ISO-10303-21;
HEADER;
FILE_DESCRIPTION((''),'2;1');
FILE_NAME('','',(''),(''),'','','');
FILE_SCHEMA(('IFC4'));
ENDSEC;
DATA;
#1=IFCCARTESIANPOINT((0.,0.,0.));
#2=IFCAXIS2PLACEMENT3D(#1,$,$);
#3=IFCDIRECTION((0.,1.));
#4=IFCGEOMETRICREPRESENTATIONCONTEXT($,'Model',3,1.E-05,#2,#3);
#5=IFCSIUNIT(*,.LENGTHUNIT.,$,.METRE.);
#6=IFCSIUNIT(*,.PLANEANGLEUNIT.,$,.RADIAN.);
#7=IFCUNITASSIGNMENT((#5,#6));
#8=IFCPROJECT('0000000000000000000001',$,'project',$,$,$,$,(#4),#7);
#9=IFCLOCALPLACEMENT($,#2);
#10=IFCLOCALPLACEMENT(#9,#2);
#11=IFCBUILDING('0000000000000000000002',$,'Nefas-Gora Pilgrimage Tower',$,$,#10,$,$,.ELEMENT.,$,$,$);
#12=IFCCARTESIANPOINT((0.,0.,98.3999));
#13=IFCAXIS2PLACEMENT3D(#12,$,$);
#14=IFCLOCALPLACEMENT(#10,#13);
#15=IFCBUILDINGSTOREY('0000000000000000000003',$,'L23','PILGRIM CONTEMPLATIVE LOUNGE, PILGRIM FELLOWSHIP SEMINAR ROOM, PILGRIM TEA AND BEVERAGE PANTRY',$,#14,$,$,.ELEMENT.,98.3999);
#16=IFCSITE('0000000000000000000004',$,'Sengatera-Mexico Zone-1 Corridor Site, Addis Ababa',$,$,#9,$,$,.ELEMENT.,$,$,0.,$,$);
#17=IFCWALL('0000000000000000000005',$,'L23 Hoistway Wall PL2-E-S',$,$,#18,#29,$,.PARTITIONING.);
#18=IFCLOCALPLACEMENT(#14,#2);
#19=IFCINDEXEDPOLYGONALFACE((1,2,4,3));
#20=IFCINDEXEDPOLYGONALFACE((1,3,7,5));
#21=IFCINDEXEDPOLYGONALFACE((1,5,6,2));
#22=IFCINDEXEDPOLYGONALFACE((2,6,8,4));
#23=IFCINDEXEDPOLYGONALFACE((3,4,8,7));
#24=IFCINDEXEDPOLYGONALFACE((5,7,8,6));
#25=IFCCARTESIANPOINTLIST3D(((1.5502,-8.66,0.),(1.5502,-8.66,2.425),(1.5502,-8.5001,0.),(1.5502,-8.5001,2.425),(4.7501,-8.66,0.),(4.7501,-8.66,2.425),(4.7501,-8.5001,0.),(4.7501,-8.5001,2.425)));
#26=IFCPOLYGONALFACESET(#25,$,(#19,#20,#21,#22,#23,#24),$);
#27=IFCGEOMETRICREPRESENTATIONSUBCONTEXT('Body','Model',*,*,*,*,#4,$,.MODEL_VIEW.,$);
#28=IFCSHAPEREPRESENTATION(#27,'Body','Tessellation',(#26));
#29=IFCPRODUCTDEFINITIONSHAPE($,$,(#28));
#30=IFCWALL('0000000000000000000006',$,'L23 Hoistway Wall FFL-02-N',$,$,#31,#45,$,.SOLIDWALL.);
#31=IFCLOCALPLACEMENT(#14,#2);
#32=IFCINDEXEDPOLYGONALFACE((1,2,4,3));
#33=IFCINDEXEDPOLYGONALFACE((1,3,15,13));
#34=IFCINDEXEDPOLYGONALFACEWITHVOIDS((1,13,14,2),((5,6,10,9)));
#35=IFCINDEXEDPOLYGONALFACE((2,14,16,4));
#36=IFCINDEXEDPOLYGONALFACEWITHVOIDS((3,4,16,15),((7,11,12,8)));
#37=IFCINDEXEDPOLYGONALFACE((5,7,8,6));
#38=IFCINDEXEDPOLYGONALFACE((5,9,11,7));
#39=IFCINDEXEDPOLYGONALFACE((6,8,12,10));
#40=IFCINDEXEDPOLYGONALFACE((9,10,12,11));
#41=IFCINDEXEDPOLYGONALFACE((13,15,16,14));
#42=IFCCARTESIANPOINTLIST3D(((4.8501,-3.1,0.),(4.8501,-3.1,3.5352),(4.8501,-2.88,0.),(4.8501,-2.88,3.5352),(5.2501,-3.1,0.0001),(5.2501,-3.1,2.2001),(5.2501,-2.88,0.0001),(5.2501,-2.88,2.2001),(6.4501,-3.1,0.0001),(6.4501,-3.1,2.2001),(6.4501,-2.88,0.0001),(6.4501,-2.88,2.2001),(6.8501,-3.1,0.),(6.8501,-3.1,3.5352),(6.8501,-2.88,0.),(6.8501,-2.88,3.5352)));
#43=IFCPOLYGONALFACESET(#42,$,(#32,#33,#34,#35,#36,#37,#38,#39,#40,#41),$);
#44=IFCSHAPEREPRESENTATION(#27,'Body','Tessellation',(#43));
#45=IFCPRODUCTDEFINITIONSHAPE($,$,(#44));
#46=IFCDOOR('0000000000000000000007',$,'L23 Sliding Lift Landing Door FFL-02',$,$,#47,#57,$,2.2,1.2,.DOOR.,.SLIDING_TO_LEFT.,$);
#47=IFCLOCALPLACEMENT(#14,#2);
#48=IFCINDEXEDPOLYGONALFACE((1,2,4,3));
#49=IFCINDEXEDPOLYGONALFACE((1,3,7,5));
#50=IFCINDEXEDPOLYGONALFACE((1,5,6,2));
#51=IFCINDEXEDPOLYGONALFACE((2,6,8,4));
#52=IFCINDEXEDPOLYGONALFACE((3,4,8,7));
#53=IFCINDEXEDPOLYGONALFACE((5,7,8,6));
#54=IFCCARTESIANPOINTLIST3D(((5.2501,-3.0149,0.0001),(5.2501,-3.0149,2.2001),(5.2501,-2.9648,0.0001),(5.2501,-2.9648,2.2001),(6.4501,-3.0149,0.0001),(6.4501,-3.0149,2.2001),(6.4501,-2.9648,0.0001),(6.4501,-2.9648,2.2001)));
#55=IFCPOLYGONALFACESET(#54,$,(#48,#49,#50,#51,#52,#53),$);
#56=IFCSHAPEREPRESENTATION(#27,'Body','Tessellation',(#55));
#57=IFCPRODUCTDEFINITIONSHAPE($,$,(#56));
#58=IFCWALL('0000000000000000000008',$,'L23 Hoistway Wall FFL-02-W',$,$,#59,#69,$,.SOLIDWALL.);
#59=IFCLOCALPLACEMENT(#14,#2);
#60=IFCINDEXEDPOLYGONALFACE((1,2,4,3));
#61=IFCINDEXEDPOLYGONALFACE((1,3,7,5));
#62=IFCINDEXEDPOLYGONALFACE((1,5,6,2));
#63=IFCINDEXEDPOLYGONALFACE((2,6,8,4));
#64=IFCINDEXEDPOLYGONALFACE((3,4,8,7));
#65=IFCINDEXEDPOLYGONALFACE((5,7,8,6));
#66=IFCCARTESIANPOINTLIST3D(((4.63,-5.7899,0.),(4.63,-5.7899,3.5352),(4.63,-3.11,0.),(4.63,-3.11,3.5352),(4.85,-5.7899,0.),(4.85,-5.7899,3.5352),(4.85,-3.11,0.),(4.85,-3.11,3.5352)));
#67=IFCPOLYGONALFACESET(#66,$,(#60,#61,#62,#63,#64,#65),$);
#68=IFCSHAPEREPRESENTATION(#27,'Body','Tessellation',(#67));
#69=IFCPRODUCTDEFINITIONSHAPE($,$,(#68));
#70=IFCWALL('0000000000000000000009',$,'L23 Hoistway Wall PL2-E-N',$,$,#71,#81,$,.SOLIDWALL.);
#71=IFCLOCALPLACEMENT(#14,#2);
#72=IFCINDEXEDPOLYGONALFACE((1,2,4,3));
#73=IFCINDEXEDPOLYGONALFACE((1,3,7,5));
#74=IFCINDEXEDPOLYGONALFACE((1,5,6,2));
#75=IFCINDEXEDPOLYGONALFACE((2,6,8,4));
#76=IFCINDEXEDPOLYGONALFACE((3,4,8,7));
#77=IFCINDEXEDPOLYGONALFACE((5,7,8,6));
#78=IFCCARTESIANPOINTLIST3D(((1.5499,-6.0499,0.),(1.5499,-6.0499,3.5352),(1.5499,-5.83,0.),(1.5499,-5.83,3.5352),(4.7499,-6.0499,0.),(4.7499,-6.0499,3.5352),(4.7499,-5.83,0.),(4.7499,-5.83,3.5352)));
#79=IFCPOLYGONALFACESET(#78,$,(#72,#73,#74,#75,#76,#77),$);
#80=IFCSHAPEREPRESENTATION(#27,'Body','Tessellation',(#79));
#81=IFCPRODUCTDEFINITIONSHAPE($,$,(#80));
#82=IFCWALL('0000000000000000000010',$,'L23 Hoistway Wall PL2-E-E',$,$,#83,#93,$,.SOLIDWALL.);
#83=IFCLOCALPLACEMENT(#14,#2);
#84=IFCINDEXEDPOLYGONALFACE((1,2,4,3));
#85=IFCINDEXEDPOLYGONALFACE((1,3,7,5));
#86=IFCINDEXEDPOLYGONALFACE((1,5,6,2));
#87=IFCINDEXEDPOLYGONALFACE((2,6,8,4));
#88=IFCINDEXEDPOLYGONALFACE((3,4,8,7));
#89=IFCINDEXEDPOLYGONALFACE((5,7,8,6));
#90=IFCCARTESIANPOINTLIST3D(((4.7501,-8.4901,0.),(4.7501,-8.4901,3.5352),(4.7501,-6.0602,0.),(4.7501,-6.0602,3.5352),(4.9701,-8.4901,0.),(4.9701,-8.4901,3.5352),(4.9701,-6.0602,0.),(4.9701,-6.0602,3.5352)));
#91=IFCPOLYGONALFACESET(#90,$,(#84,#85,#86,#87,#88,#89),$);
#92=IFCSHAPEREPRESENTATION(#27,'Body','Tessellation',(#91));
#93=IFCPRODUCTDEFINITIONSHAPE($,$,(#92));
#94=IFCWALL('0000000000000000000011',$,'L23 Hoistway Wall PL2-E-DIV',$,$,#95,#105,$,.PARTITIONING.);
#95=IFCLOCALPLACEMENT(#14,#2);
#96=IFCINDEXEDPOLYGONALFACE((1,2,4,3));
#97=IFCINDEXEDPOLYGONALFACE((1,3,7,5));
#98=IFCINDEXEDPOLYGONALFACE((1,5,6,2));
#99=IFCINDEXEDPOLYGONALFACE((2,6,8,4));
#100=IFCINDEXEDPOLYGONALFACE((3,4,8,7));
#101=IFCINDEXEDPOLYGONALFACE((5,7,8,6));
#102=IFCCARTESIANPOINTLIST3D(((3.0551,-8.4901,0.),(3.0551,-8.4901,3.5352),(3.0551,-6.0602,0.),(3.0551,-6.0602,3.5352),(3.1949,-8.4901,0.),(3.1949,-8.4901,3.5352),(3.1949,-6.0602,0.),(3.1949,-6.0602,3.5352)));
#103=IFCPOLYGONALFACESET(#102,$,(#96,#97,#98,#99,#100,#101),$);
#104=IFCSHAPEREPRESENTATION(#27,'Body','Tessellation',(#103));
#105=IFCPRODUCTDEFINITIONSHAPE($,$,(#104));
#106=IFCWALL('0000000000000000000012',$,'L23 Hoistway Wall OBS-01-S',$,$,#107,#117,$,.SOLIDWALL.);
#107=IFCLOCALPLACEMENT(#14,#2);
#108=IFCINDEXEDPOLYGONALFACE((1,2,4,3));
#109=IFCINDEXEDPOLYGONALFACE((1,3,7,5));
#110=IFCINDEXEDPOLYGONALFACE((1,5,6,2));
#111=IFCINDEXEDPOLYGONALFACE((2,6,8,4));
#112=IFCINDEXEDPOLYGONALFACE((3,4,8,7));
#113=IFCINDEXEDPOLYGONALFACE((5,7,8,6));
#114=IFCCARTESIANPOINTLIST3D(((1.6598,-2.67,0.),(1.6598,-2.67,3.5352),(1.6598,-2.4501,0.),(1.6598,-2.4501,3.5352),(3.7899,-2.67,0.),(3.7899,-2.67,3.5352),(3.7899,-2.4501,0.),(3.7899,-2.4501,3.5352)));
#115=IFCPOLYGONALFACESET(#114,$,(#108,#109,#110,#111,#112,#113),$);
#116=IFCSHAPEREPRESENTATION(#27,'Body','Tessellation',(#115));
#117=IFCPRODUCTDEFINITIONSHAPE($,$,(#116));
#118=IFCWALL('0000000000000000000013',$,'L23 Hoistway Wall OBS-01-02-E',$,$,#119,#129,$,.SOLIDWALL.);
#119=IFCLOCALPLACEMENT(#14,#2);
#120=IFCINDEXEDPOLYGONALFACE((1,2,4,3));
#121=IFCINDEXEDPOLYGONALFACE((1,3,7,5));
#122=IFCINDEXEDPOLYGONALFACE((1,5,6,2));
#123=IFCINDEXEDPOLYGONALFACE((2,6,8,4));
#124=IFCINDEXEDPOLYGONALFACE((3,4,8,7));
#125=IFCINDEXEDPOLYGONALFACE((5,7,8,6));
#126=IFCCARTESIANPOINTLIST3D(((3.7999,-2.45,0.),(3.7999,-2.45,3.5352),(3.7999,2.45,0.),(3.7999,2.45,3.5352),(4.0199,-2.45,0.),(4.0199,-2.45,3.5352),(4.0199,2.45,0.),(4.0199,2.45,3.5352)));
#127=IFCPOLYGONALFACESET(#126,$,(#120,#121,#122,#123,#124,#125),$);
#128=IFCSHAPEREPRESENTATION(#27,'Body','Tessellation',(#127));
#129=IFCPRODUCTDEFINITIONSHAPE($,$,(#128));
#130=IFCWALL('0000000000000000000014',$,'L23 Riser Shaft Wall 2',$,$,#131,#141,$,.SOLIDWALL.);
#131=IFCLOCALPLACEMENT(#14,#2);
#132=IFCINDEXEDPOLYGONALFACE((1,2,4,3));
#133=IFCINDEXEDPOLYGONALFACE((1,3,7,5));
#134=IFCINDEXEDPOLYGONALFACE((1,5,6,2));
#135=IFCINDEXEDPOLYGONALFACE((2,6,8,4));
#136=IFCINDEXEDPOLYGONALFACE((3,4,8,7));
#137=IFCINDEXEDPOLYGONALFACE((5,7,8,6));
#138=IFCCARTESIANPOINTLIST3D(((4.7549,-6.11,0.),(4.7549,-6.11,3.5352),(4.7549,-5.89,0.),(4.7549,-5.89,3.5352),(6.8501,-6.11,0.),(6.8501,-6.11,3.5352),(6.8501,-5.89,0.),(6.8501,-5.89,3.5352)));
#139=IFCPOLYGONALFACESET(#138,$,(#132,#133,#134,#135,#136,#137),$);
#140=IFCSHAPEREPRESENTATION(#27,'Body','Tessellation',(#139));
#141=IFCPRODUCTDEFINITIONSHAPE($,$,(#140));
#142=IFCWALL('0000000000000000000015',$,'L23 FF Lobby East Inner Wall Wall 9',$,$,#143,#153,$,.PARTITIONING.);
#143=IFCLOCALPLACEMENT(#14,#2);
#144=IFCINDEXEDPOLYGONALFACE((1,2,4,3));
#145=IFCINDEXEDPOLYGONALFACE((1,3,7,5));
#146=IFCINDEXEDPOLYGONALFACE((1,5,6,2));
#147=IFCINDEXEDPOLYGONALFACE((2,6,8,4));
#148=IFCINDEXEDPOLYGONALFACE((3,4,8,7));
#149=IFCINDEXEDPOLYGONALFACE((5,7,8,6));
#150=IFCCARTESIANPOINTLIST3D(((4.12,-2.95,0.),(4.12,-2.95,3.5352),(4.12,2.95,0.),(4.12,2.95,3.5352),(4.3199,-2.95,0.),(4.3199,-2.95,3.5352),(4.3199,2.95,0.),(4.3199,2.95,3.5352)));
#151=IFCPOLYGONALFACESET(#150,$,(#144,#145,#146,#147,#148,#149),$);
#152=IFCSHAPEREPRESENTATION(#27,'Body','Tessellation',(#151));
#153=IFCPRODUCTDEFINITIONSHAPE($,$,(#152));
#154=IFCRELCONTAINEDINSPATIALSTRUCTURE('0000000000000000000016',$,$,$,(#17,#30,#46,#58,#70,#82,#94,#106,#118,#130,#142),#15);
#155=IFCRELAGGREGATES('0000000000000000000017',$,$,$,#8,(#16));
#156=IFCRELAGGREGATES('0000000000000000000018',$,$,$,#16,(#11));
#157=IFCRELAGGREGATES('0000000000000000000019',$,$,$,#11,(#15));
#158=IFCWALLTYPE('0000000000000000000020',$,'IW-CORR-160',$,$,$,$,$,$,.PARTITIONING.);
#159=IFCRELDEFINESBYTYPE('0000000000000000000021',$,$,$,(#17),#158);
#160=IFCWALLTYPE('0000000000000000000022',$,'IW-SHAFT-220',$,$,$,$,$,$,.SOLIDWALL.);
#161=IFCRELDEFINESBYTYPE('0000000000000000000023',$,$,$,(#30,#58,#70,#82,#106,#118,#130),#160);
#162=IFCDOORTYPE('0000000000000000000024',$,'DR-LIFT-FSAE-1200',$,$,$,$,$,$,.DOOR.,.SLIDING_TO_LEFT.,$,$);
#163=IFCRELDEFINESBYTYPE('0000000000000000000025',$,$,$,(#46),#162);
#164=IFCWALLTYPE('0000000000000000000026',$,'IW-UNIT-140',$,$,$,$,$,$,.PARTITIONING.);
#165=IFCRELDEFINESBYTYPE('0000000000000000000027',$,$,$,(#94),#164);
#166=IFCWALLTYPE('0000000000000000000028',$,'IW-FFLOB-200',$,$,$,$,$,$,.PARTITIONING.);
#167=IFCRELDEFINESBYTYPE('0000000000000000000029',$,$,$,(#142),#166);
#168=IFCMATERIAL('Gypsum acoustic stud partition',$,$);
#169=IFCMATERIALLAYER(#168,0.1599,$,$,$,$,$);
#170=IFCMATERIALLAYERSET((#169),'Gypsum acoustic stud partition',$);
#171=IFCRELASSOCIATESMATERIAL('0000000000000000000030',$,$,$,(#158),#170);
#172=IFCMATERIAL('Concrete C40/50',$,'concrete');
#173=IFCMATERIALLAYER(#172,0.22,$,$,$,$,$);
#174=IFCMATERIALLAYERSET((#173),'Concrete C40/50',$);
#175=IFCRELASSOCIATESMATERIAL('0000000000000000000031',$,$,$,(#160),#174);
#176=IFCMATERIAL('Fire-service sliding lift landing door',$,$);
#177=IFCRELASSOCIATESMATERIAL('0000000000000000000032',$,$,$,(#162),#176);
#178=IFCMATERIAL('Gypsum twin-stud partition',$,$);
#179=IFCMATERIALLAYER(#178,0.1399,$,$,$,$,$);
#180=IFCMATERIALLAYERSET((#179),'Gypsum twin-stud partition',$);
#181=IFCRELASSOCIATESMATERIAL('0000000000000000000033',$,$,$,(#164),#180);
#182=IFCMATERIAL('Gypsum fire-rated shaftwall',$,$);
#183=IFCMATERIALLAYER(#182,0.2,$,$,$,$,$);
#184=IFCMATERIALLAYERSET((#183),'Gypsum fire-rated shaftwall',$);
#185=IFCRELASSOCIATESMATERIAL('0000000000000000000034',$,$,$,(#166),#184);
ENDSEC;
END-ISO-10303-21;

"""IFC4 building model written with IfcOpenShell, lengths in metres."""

from ifc_helpers import new_model, si_unit, direction, frame, frame_2d, origin, place, context, subcontext, project, spatial, rectangle, extrude, source, transform, mapped, material, layer, layer_set, type_object, element, fill, save


model = new_model("IFC4")

# Units and contexts
model_context = context("Model", 3, precision=1e-05, world=origin(), true_north=direction((0.0, 1.0)))
body_context = subcontext(model_context, "Body", "Model", "MODEL_VIEW")
ifc_project = project(units=[si_unit("LENGTHUNIT", "METRE"), si_unit("PLANEANGLEUNIT", "RADIAN")], contexts=[model_context])

# Site, building, storey
site_placement = place(None, origin())
site = spatial("IfcSite", under=ifc_project, at=site_placement, Name="Sengatera-Mexico Zone-1 Corridor Site, Addis Ababa", CompositionType="ELEMENT", RefElevation=0.0)
building_placement = place(site_placement, origin())
building = spatial("IfcBuilding", under=site, at=building_placement, Name="Nefas-Gora Pilgrimage Tower", CompositionType="ELEMENT")
storey_placement = place(building_placement, frame((0.0, 0.0, 98.3999)))
storey = spatial("IfcBuildingStorey", under=building, at=storey_placement, Name="L23", Description="PILGRIM CONTEMPLATIVE LOUNGE, PILGRIM FELLOWSHIP SEMINAR ROOM, PILGRIM TEA AND BEVERAGE PANTRY", CompositionType="ELEMENT", Elevation=98.3999)

# Wall
ifc_material_1 = material(Name="Gypsum acoustic stud partition")
ifc_layer_1 = layer(ifc_material_1, 0.1599)
ifc_layer_set_1 = layer_set([ifc_layer_1], Name="Gypsum acoustic stud partition")
wall_type_1 = type_object("IfcWallType", Name="IW-CORR-160", PredefinedType="PARTITIONING", material=ifc_layer_set_1)
shared_shape_1 = source(origin(), body_context, "Body", "SweptSolid", [
    extrude(rectangle(XDim=3.2, YDim=0.1599, at=frame_2d((1.6001, 0.0))), origin(), (0.0, 0.0, 1.0), 2.425),
])
wall_1_placement = place(storey_placement, frame((1.55, -8.5801, 0.0), z_axis=(0.0, 0.0, 1.0), x_axis=(1.0, 0.0, 0.0)))
element("IfcWall", 1, at=wall_1_placement, inside=storey, type_object=wall_type_1, Name="L23 Hoistway Wall PL2-E-S", PredefinedType="PARTITIONING", context=body_context, shape_type="MappedRepresentation", body=[
    mapped(shared_shape_1, transform((0.0, 0.0, 0.0), x_axis=(1.0, 0.0, 0.0), y_axis=(0.0, 1.0, 0.0), z_axis=(0.0, 0.0, 1.0), scale=1.0)),
])

# Wall, opening, door
ifc_material_2 = material(Name="Concrete C40/50", Category="concrete")
ifc_layer_2 = layer(ifc_material_2, 0.22)
ifc_layer_set_2 = layer_set([ifc_layer_2], Name="Concrete C40/50")
wall_type_2 = type_object("IfcWallType", Name="IW-SHAFT-220", PredefinedType="SOLIDWALL", material=ifc_layer_set_2)
shared_shape_2 = source(origin(), body_context, "Body", "SweptSolid", [
    extrude(rectangle(XDim=2.0, YDim=0.22, at=frame_2d((1.0, 0.0))), origin(), (0.0, 0.0, 1.0), 3.5352),
])
wall_2_placement = place(storey_placement, frame((6.8501, -2.99, 0.0), z_axis=(0.0, 0.0, 1.0), x_axis=(-1.0, 0.0, 0.0)))
wall_2 = element("IfcWall", 2, at=wall_2_placement, inside=storey, type_object=wall_type_2, Name="L23 Hoistway Wall FFL-02-N", PredefinedType="SOLIDWALL", context=body_context, shape_type="MappedRepresentation", body=[
    mapped(shared_shape_2, transform((0.0, 0.0, 0.0), x_axis=(1.0, 0.0, 0.0), y_axis=(0.0, 1.0, 0.0), z_axis=(0.0, 0.0, 1.0), scale=1.0)),
])
opening_1_placement = place(wall_2_placement, frame((0.3999, 0.0, 0.0)))
opening_1 = element("IfcOpeningElement", 3, at=opening_1_placement, cuts=wall_2, PredefinedType="OPENING", context=body_context, shape_type="SweptSolid", body=[
    extrude(rectangle(XDim=1.2, YDim=2.2, at=frame_2d((0.6001, 1.1001))), frame((0.0, 0.1199, 0.0), z_axis=(0.0, -1.0, 0.0), x_axis=(1.0, 0.0, 0.0)), (0.0, 0.0, 1.0), 0.24),
])
ifc_material_3 = material(Name="Fire-service sliding lift landing door")
door_type_1 = type_object("IfcDoorType", Name="DR-LIFT-FSAE-1200", OperationType="SLIDING_TO_LEFT", PredefinedType="DOOR", material=ifc_material_3)
shared_shape_3 = source(origin(), body_context, "Body", "SweptSolid", [
    extrude(rectangle(XDim=1.2, YDim=2.2, at=frame_2d((0.6001, 1.1001))), frame((0.0, 0.0249, 0.0), z_axis=(0.0, -1.0, 0.0), x_axis=(1.0, 0.0, 0.0)), (0.0, 0.0, 1.0), 0.05),
])
door_1_placement = place(opening_1_placement, origin())
door_1 = element("IfcDoor", 4, at=door_1_placement, inside=storey, type_object=door_type_1, Name="L23 Sliding Lift Landing Door FFL-02", OperationType="SLIDING_TO_LEFT", OverallHeight=2.2, OverallWidth=1.2, PredefinedType="DOOR", context=body_context, shape_type="MappedRepresentation", body=[
    mapped(shared_shape_3, transform((0.0, 0.0, 0.0), x_axis=(1.0, 0.0, 0.0), y_axis=(0.0, 1.0, 0.0), z_axis=(0.0, 0.0, 1.0), scale=1.0)),
])
fill(opening_1, door_1)

# Walls
shared_shape_4 = source(origin(), body_context, "Body", "SweptSolid", [
    extrude(rectangle(XDim=2.6799, YDim=0.22, at=frame_2d((1.3398, 0.0))), origin(), (0.0, 0.0, 1.0), 3.5352),
])
wall_3_placement = place(storey_placement, frame((4.74, -3.1101, 0.0), z_axis=(0.0, 0.0, 1.0), x_axis=(0.0, -1.0, 0.0)))
element("IfcWall", 5, at=wall_3_placement, inside=storey, type_object=wall_type_2, Name="L23 Hoistway Wall FFL-02-W", PredefinedType="SOLIDWALL", context=body_context, shape_type="MappedRepresentation", body=[
    mapped(shared_shape_4, transform((0.0, 0.0, 0.0), x_axis=(1.0, 0.0, 0.0), y_axis=(0.0, 1.0, 0.0), z_axis=(0.0, 0.0, 1.0), scale=1.0)),
])
shared_shape_5 = source(origin(), body_context, "Body", "SweptSolid", [
    extrude(rectangle(XDim=3.2, YDim=0.22, at=frame_2d((1.6001, 0.0))), origin(), (0.0, 0.0, 1.0), 3.5352),
])
wall_4_placement = place(storey_placement, frame((4.75, -5.9399, 0.0), z_axis=(0.0, 0.0, 1.0), x_axis=(-1.0, 0.0, 0.0)))
element("IfcWall", 6, at=wall_4_placement, inside=storey, type_object=wall_type_2, Name="L23 Hoistway Wall PL2-E-N", PredefinedType="SOLIDWALL", context=body_context, shape_type="MappedRepresentation", body=[
    mapped(shared_shape_5, transform((0.0, 0.0, 0.0), x_axis=(1.0, 0.0, 0.0), y_axis=(0.0, 1.0, 0.0), z_axis=(0.0, 0.0, 1.0), scale=1.0)),
])
shared_shape_6 = source(origin(), body_context, "Body", "SweptSolid", [
    extrude(rectangle(XDim=2.4299, YDim=0.22, at=frame_2d((1.2148, 0.0))), origin(), (0.0, 0.0, 1.0), 3.5352),
])
for number, where, z_axis, x_axis, name in (
    (7, (4.8601, -8.49, 0.0), (0.0, 0.0, 1.0), (0.0, 1.0, 0.0), "L23 Hoistway Wall PL2-E-E"),
):
    element("IfcWall", number, at=place(storey_placement, frame(where, z_axis=z_axis, x_axis=x_axis)), inside=storey, type_object=wall_type_2, Name=name, PredefinedType="SOLIDWALL", context=body_context, shape_type="MappedRepresentation", body=[
        mapped(shared_shape_6, transform((0.0, 0.0, 0.0), x_axis=(1.0, 0.0, 0.0), y_axis=(0.0, 1.0, 0.0), z_axis=(0.0, 0.0, 1.0), scale=1.0)),
    ])
ifc_material_4 = material(Name="Gypsum twin-stud partition")
ifc_layer_3 = layer(ifc_material_4, 0.1399)
ifc_layer_set_3 = layer_set([ifc_layer_3], Name="Gypsum twin-stud partition")
wall_type_3 = type_object("IfcWallType", Name="IW-UNIT-140", PredefinedType="PARTITIONING", material=ifc_layer_set_3)
shared_shape_7 = source(origin(), body_context, "Body", "SweptSolid", [
    extrude(rectangle(XDim=2.4299, YDim=0.1399, at=frame_2d((1.2148, 0.0))), origin(), (0.0, 0.0, 1.0), 3.5352),
])
wall_5_placement = place(storey_placement, frame((3.125, -8.49, 0.0), z_axis=(0.0, 0.0, 1.0), x_axis=(0.0, 1.0, 0.0)))
element("IfcWall", 8, at=wall_5_placement, inside=storey, type_object=wall_type_3, Name="L23 Hoistway Wall PL2-E-DIV", PredefinedType="PARTITIONING", context=body_context, shape_type="MappedRepresentation", body=[
    mapped(shared_shape_7, transform((0.0, 0.0, 0.0), x_axis=(1.0, 0.0, 0.0), y_axis=(0.0, 1.0, 0.0), z_axis=(0.0, 0.0, 1.0), scale=1.0)),
])
shared_shape_8 = source(origin(), body_context, "Body", "SweptSolid", [
    extrude(rectangle(XDim=2.1301, YDim=0.22, at=frame_2d((1.0649, 0.0))), origin(), (0.0, 0.0, 1.0), 3.5352),
])
wall_6_placement = place(storey_placement, frame((1.6599, -2.5601, 0.0), z_axis=(0.0, 0.0, 1.0), x_axis=(1.0, 0.0, 0.0)))
element("IfcWall", 9, at=wall_6_placement, inside=storey, type_object=wall_type_2, Name="L23 Hoistway Wall OBS-01-S", PredefinedType="SOLIDWALL", context=body_context, shape_type="MappedRepresentation", body=[
    mapped(shared_shape_8, transform((0.0, 0.0, 0.0), x_axis=(1.0, 0.0, 0.0), y_axis=(0.0, 1.0, 0.0), z_axis=(0.0, 0.0, 1.0), scale=1.0)),
])
shared_shape_9 = source(origin(), body_context, "Body", "SweptSolid", [
    extrude(rectangle(XDim=4.8999, YDim=0.22, at=frame_2d((2.45, 0.0))), origin(), (0.0, 0.0, 1.0), 3.5352),
])
wall_7_placement = place(storey_placement, frame((3.9099, -2.45, 0.0), z_axis=(0.0, 0.0, 1.0), x_axis=(0.0, 1.0, 0.0)))
element("IfcWall", 10, at=wall_7_placement, inside=storey, type_object=wall_type_2, Name="L23 Hoistway Wall OBS-01-02-E", PredefinedType="SOLIDWALL", context=body_context, shape_type="MappedRepresentation", body=[
    mapped(shared_shape_9, transform((0.0, 0.0, 0.0), x_axis=(1.0, 0.0, 0.0), y_axis=(0.0, 1.0, 0.0), z_axis=(0.0, 0.0, 1.0), scale=1.0)),
])

# Shared definitions
ifc_material_5 = material(Name="Gypsum fire-rated shaftwall")
ifc_layer_4 = layer(ifc_material_5, 0.2)
ifc_layer_set_4 = layer_set([ifc_layer_4], Name="Gypsum fire-rated shaftwall")
wall_type_4 = type_object("IfcWallType", Name="IW-FFLOB-200", PredefinedType="PARTITIONING", material=ifc_layer_set_4)

# Walls
shared_shape_10 = source(origin(), body_context, "Body", "SweptSolid", [
    extrude(rectangle(XDim=2.0952, YDim=0.22, at=frame_2d((1.0476, 0.0))), origin(), (0.0, 0.0, 1.0), 3.5352),
])
wall_8_placement = place(storey_placement, frame((4.7549, -6.0, 0.0), z_axis=(0.0, 0.0, 1.0), x_axis=(1.0, 0.0, 0.0)))
element("IfcWall", 11, at=wall_8_placement, inside=storey, type_object=wall_type_2, Name="L23 Riser Shaft Wall 2", PredefinedType="SOLIDWALL", context=body_context, shape_type="MappedRepresentation", body=[
    mapped(shared_shape_10, transform((0.0, 0.0, 0.0), x_axis=(1.0, 0.0, 0.0), y_axis=(0.0, 1.0, 0.0), z_axis=(0.0, 0.0, 1.0), scale=1.0)),
])
shared_shape_11 = source(origin(), body_context, "Body", "SweptSolid", [
    extrude(rectangle(XDim=5.8999, YDim=0.2, at=frame_2d((2.95, 0.0))), origin(), (0.0, 0.0, 1.0), 3.5352),
])
wall_9_placement = place(storey_placement, frame((4.22, -2.95, 0.0), z_axis=(0.0, 0.0, 1.0), x_axis=(0.0, 1.0, 0.0)))
element("IfcWall", 12, at=wall_9_placement, inside=storey, type_object=wall_type_4, Name="L23 FF Lobby East Inner Wall Wall 9", PredefinedType="PARTITIONING", context=body_context, shape_type="MappedRepresentation", body=[
    mapped(shared_shape_11, transform((0.0, 0.0, 0.0), x_axis=(1.0, 0.0, 0.0), y_axis=(0.0, 1.0, 0.0), z_axis=(0.0, 0.0, 1.0), scale=1.0)),
])

save(model, "model.ifc")
